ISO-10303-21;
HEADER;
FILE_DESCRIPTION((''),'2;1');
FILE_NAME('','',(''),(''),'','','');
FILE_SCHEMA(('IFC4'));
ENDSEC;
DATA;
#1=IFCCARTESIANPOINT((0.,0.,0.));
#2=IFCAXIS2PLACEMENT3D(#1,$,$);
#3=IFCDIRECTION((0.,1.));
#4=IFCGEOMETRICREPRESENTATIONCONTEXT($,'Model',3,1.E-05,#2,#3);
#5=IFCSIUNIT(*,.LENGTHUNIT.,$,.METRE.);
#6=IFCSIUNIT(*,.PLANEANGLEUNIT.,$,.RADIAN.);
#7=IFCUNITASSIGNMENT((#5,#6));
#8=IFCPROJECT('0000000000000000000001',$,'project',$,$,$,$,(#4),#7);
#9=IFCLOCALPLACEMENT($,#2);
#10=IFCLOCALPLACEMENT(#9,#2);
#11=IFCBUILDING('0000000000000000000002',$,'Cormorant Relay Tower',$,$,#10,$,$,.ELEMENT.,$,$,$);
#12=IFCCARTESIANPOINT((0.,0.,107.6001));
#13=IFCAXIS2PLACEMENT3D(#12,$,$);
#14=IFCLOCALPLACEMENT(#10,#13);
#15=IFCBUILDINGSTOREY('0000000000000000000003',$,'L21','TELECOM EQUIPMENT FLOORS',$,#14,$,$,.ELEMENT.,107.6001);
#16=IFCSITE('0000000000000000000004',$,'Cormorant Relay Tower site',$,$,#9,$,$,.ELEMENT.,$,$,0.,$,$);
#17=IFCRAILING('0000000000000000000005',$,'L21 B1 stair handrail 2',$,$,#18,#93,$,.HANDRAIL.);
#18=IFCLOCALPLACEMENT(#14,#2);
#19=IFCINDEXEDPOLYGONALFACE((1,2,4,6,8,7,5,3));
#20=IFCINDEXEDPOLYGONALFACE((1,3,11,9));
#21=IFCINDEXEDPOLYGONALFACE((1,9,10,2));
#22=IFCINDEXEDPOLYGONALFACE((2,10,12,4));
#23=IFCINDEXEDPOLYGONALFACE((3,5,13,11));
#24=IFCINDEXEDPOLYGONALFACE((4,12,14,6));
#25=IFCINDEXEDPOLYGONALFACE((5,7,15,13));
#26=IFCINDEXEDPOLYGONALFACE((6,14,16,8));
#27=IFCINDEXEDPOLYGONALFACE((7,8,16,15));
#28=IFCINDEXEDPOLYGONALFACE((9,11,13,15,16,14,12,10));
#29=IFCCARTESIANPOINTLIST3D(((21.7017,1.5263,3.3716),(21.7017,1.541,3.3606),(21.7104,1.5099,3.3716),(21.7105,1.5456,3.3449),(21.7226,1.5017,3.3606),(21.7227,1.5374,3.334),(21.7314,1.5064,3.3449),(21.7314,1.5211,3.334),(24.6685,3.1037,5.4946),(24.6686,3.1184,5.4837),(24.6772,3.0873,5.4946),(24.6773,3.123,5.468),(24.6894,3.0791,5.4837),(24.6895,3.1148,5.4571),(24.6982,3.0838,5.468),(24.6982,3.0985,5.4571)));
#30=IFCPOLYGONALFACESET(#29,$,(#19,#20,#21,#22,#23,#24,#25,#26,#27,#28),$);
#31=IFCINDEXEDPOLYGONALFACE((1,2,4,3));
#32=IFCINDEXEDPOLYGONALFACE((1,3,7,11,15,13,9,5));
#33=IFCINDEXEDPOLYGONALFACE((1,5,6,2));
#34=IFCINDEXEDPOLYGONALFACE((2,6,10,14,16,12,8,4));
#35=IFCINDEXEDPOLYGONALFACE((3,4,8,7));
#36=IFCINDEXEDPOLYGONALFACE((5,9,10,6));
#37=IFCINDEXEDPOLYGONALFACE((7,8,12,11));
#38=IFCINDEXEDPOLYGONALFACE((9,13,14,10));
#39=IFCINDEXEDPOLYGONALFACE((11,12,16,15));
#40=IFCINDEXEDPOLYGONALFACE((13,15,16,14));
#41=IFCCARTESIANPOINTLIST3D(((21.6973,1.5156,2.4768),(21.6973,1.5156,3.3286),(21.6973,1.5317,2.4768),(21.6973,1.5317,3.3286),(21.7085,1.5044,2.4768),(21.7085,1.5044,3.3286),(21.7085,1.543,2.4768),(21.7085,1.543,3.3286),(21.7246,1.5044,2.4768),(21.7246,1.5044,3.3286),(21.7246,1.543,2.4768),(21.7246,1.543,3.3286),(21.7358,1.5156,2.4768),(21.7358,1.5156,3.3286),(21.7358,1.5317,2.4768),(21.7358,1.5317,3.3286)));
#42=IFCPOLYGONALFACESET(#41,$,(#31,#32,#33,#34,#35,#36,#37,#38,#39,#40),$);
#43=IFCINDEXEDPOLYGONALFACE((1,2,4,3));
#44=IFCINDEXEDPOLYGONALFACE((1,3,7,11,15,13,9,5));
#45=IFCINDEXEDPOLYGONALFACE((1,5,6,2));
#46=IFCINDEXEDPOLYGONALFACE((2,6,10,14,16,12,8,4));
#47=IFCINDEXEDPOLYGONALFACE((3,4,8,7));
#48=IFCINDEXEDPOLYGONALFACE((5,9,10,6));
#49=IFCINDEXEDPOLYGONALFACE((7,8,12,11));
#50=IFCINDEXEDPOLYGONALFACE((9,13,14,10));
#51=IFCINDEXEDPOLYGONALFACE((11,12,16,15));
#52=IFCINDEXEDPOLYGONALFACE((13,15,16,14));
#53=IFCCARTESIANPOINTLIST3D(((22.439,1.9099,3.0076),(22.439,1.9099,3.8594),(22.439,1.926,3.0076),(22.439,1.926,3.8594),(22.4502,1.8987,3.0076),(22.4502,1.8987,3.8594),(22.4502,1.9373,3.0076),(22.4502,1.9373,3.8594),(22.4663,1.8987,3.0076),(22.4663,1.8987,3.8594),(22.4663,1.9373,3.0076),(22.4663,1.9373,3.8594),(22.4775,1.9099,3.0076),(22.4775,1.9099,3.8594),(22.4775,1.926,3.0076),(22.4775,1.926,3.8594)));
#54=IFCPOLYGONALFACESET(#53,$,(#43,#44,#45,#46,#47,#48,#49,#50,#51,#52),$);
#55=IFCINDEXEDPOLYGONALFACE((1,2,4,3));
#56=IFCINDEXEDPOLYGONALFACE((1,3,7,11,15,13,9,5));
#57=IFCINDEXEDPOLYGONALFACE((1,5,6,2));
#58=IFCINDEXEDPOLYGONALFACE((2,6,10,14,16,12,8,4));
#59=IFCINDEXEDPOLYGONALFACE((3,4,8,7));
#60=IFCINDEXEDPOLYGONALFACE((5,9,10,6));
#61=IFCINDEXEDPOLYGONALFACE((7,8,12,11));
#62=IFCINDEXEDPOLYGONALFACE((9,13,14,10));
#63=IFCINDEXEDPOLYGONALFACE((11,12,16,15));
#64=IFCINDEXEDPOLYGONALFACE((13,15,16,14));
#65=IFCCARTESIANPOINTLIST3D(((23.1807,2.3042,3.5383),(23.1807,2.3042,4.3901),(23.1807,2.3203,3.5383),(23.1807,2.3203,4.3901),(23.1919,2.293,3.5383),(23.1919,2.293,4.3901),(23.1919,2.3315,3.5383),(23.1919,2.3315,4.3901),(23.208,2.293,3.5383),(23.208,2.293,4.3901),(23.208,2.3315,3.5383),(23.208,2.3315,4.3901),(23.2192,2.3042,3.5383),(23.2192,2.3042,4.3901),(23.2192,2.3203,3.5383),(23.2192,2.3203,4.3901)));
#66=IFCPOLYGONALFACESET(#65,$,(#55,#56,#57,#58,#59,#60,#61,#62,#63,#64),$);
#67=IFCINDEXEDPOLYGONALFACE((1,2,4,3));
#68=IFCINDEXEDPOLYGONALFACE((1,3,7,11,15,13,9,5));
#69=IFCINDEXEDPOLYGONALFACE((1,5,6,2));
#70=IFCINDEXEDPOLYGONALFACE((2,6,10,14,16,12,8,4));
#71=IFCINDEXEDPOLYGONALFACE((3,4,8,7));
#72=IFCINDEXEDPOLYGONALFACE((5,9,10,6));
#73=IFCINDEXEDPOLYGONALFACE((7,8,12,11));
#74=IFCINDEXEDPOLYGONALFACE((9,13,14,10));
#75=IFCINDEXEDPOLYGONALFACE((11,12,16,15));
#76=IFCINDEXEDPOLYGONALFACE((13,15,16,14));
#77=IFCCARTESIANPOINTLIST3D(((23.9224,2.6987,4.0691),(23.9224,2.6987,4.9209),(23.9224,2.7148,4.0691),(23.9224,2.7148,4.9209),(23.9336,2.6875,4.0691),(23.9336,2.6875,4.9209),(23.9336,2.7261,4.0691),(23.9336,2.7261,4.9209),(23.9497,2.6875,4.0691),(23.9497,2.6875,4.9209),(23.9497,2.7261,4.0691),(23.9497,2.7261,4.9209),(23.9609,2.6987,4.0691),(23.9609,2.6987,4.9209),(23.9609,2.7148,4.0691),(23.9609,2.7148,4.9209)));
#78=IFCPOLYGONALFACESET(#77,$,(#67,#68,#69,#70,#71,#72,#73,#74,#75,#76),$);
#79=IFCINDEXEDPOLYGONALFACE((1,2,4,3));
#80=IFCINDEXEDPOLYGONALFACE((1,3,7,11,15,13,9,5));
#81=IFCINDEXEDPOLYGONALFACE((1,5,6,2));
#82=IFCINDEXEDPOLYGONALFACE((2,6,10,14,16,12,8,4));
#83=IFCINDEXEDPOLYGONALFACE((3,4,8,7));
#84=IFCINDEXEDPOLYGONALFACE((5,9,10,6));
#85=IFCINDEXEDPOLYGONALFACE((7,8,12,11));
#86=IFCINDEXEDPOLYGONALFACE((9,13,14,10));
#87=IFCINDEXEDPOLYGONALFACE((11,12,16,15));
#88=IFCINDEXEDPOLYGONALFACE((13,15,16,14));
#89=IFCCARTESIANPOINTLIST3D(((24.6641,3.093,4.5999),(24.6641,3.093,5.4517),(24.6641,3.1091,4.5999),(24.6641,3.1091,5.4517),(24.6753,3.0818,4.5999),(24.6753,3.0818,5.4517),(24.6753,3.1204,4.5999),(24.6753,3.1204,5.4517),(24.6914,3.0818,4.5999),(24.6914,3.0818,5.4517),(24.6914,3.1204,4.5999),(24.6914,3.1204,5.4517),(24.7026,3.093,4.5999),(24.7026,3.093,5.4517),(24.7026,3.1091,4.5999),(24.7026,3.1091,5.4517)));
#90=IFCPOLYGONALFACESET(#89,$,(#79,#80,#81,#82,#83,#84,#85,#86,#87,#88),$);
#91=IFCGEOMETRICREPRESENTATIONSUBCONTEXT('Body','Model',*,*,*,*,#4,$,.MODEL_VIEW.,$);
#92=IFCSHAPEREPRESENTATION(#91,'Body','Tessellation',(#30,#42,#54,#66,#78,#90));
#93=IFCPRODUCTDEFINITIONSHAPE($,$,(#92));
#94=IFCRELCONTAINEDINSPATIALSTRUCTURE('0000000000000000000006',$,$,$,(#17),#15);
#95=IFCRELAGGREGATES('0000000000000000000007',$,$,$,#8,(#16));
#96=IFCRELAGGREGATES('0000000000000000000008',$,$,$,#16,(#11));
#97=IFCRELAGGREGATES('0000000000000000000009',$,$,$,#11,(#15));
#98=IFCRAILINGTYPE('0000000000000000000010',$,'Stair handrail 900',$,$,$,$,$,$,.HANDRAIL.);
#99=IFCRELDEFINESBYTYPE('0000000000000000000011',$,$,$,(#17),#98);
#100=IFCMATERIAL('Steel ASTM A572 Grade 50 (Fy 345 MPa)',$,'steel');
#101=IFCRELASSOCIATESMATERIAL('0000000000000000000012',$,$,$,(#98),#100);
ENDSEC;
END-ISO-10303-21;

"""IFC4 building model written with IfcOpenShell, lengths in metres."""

from ifc_helpers import new_model, si_unit, direction, frame, origin, place, context, subcontext, project, spatial, polyline, outline, extrude, material, type_object, element, save


model = new_model("IFC4")

# Units and contexts
model_context = context("Model", 3, precision=1e-05, world=origin(), true_north=direction((0.0, 1.0)))
body_context = subcontext(model_context, "Body", "Model", "MODEL_VIEW")
ifc_project = project(units=[si_unit("LENGTHUNIT", "METRE"), si_unit("PLANEANGLEUNIT", "RADIAN")], contexts=[model_context])

# Site, building, storey
site_placement = place(None, origin())
site = spatial("IfcSite", under=ifc_project, at=site_placement, Name="Cormorant Relay Tower site", CompositionType="ELEMENT", RefElevation=0.0)
building_placement = place(site_placement, origin())
building = spatial("IfcBuilding", under=site, at=building_placement, Name="Cormorant Relay Tower", CompositionType="ELEMENT")
storey_placement = place(building_placement, frame((0.0, 0.0, 107.6001)))
storey = spatial("IfcBuildingStorey", under=building, at=storey_placement, Name="L21", Description="TELECOM EQUIPMENT FLOORS", CompositionType="ELEMENT", Elevation=107.6001)

# Railing
ifc_material_1 = material(Name="Steel ASTM A572 Grade 50 (Fy 345 MPa)", Category="steel")
railing_type_1 = type_object("IfcRailingType", Name="Stair handrail 900", PredefinedType="HANDRAIL", material=ifc_material_1)
railing_1_placement = place(storey_placement, frame((21.7166, 1.5237, 2.4768)))
element("IfcRailing", 1, at=railing_1_placement, inside=storey, type_object=railing_type_1, Name="L21 B1 stair handrail 2", PredefinedType="HANDRAIL", context=body_context, shape_type="SweptSolid", body=[
    extrude(outline(polyline([(0.0222, 0.0093), (0.0093, 0.0222), (-0.0093, 0.0222), (-0.0222, 0.0093), (-0.0222, -0.0093), (-0.0093, -0.0222), (0.0093, -0.0222), (0.0222, -0.0093), (0.0222, 0.0093)])), frame((0.0, 0.0, 0.876), z_axis=(0.746441, 0.396869, 0.534155), x_axis=(-0.469453, 0.882958, 0.0)), (0.0, 0.0, 1.0), 3.9746),
    extrude(outline(polyline([(0.0193, 0.0081), (0.0081, 0.0193), (-0.0081, 0.0193), (-0.0193, 0.0081), (-0.0193, -0.0081), (-0.0081, -0.0193), (0.0081, -0.0193), (0.0193, -0.0081), (0.0193, 0.0081)])), origin(), (0.0, 0.0, 1.0), 0.8518),
    extrude(outline(polyline([(0.0193, 0.0081), (0.0081, 0.0193), (-0.0081, 0.0193), (-0.0193, 0.0081), (-0.0193, -0.0081), (-0.0081, -0.0193), (0.0081, -0.0193), (0.0193, -0.0081), (0.0193, 0.0081)])), frame((0.7417, 0.3943, 0.5308)), (0.0, 0.0, 1.0), 0.8518),
    extrude(outline(polyline([(0.0193, 0.0081), (0.0081, 0.0193), (-0.0081, 0.0193), (-0.0193, 0.0081), (-0.0193, -0.0081), (-0.0081, -0.0193), (0.0081, -0.0193), (0.0193, -0.0081), (0.0193, 0.0081)])), frame((1.4834, 0.7886, 1.0615)), (0.0, 0.0, 1.0), 0.8518),
    extrude(outline(polyline([(0.0193, 0.0081), (0.0081, 0.0193), (-0.0081, 0.0193), (-0.0193, 0.0081), (-0.0193, -0.0081), (-0.0081, -0.0193), (0.0081, -0.0193), (0.0193, -0.0081), (0.0193, 0.0081)])), frame((2.2251, 1.1831, 1.5923)), (0.0, 0.0, 1.0), 0.8518),
    extrude(outline(polyline([(0.0193, 0.0081), (0.0081, 0.0193), (-0.0081, 0.0193), (-0.0193, 0.0081), (-0.0193, -0.0081), (-0.0081, -0.0193), (0.0081, -0.0193), (0.0193, -0.0081), (0.0193, 0.0081)])), frame((2.9668, 1.5774, 2.123)), (0.0, 0.0, 1.0), 0.8518),
])

save(model, "model.ifc")
